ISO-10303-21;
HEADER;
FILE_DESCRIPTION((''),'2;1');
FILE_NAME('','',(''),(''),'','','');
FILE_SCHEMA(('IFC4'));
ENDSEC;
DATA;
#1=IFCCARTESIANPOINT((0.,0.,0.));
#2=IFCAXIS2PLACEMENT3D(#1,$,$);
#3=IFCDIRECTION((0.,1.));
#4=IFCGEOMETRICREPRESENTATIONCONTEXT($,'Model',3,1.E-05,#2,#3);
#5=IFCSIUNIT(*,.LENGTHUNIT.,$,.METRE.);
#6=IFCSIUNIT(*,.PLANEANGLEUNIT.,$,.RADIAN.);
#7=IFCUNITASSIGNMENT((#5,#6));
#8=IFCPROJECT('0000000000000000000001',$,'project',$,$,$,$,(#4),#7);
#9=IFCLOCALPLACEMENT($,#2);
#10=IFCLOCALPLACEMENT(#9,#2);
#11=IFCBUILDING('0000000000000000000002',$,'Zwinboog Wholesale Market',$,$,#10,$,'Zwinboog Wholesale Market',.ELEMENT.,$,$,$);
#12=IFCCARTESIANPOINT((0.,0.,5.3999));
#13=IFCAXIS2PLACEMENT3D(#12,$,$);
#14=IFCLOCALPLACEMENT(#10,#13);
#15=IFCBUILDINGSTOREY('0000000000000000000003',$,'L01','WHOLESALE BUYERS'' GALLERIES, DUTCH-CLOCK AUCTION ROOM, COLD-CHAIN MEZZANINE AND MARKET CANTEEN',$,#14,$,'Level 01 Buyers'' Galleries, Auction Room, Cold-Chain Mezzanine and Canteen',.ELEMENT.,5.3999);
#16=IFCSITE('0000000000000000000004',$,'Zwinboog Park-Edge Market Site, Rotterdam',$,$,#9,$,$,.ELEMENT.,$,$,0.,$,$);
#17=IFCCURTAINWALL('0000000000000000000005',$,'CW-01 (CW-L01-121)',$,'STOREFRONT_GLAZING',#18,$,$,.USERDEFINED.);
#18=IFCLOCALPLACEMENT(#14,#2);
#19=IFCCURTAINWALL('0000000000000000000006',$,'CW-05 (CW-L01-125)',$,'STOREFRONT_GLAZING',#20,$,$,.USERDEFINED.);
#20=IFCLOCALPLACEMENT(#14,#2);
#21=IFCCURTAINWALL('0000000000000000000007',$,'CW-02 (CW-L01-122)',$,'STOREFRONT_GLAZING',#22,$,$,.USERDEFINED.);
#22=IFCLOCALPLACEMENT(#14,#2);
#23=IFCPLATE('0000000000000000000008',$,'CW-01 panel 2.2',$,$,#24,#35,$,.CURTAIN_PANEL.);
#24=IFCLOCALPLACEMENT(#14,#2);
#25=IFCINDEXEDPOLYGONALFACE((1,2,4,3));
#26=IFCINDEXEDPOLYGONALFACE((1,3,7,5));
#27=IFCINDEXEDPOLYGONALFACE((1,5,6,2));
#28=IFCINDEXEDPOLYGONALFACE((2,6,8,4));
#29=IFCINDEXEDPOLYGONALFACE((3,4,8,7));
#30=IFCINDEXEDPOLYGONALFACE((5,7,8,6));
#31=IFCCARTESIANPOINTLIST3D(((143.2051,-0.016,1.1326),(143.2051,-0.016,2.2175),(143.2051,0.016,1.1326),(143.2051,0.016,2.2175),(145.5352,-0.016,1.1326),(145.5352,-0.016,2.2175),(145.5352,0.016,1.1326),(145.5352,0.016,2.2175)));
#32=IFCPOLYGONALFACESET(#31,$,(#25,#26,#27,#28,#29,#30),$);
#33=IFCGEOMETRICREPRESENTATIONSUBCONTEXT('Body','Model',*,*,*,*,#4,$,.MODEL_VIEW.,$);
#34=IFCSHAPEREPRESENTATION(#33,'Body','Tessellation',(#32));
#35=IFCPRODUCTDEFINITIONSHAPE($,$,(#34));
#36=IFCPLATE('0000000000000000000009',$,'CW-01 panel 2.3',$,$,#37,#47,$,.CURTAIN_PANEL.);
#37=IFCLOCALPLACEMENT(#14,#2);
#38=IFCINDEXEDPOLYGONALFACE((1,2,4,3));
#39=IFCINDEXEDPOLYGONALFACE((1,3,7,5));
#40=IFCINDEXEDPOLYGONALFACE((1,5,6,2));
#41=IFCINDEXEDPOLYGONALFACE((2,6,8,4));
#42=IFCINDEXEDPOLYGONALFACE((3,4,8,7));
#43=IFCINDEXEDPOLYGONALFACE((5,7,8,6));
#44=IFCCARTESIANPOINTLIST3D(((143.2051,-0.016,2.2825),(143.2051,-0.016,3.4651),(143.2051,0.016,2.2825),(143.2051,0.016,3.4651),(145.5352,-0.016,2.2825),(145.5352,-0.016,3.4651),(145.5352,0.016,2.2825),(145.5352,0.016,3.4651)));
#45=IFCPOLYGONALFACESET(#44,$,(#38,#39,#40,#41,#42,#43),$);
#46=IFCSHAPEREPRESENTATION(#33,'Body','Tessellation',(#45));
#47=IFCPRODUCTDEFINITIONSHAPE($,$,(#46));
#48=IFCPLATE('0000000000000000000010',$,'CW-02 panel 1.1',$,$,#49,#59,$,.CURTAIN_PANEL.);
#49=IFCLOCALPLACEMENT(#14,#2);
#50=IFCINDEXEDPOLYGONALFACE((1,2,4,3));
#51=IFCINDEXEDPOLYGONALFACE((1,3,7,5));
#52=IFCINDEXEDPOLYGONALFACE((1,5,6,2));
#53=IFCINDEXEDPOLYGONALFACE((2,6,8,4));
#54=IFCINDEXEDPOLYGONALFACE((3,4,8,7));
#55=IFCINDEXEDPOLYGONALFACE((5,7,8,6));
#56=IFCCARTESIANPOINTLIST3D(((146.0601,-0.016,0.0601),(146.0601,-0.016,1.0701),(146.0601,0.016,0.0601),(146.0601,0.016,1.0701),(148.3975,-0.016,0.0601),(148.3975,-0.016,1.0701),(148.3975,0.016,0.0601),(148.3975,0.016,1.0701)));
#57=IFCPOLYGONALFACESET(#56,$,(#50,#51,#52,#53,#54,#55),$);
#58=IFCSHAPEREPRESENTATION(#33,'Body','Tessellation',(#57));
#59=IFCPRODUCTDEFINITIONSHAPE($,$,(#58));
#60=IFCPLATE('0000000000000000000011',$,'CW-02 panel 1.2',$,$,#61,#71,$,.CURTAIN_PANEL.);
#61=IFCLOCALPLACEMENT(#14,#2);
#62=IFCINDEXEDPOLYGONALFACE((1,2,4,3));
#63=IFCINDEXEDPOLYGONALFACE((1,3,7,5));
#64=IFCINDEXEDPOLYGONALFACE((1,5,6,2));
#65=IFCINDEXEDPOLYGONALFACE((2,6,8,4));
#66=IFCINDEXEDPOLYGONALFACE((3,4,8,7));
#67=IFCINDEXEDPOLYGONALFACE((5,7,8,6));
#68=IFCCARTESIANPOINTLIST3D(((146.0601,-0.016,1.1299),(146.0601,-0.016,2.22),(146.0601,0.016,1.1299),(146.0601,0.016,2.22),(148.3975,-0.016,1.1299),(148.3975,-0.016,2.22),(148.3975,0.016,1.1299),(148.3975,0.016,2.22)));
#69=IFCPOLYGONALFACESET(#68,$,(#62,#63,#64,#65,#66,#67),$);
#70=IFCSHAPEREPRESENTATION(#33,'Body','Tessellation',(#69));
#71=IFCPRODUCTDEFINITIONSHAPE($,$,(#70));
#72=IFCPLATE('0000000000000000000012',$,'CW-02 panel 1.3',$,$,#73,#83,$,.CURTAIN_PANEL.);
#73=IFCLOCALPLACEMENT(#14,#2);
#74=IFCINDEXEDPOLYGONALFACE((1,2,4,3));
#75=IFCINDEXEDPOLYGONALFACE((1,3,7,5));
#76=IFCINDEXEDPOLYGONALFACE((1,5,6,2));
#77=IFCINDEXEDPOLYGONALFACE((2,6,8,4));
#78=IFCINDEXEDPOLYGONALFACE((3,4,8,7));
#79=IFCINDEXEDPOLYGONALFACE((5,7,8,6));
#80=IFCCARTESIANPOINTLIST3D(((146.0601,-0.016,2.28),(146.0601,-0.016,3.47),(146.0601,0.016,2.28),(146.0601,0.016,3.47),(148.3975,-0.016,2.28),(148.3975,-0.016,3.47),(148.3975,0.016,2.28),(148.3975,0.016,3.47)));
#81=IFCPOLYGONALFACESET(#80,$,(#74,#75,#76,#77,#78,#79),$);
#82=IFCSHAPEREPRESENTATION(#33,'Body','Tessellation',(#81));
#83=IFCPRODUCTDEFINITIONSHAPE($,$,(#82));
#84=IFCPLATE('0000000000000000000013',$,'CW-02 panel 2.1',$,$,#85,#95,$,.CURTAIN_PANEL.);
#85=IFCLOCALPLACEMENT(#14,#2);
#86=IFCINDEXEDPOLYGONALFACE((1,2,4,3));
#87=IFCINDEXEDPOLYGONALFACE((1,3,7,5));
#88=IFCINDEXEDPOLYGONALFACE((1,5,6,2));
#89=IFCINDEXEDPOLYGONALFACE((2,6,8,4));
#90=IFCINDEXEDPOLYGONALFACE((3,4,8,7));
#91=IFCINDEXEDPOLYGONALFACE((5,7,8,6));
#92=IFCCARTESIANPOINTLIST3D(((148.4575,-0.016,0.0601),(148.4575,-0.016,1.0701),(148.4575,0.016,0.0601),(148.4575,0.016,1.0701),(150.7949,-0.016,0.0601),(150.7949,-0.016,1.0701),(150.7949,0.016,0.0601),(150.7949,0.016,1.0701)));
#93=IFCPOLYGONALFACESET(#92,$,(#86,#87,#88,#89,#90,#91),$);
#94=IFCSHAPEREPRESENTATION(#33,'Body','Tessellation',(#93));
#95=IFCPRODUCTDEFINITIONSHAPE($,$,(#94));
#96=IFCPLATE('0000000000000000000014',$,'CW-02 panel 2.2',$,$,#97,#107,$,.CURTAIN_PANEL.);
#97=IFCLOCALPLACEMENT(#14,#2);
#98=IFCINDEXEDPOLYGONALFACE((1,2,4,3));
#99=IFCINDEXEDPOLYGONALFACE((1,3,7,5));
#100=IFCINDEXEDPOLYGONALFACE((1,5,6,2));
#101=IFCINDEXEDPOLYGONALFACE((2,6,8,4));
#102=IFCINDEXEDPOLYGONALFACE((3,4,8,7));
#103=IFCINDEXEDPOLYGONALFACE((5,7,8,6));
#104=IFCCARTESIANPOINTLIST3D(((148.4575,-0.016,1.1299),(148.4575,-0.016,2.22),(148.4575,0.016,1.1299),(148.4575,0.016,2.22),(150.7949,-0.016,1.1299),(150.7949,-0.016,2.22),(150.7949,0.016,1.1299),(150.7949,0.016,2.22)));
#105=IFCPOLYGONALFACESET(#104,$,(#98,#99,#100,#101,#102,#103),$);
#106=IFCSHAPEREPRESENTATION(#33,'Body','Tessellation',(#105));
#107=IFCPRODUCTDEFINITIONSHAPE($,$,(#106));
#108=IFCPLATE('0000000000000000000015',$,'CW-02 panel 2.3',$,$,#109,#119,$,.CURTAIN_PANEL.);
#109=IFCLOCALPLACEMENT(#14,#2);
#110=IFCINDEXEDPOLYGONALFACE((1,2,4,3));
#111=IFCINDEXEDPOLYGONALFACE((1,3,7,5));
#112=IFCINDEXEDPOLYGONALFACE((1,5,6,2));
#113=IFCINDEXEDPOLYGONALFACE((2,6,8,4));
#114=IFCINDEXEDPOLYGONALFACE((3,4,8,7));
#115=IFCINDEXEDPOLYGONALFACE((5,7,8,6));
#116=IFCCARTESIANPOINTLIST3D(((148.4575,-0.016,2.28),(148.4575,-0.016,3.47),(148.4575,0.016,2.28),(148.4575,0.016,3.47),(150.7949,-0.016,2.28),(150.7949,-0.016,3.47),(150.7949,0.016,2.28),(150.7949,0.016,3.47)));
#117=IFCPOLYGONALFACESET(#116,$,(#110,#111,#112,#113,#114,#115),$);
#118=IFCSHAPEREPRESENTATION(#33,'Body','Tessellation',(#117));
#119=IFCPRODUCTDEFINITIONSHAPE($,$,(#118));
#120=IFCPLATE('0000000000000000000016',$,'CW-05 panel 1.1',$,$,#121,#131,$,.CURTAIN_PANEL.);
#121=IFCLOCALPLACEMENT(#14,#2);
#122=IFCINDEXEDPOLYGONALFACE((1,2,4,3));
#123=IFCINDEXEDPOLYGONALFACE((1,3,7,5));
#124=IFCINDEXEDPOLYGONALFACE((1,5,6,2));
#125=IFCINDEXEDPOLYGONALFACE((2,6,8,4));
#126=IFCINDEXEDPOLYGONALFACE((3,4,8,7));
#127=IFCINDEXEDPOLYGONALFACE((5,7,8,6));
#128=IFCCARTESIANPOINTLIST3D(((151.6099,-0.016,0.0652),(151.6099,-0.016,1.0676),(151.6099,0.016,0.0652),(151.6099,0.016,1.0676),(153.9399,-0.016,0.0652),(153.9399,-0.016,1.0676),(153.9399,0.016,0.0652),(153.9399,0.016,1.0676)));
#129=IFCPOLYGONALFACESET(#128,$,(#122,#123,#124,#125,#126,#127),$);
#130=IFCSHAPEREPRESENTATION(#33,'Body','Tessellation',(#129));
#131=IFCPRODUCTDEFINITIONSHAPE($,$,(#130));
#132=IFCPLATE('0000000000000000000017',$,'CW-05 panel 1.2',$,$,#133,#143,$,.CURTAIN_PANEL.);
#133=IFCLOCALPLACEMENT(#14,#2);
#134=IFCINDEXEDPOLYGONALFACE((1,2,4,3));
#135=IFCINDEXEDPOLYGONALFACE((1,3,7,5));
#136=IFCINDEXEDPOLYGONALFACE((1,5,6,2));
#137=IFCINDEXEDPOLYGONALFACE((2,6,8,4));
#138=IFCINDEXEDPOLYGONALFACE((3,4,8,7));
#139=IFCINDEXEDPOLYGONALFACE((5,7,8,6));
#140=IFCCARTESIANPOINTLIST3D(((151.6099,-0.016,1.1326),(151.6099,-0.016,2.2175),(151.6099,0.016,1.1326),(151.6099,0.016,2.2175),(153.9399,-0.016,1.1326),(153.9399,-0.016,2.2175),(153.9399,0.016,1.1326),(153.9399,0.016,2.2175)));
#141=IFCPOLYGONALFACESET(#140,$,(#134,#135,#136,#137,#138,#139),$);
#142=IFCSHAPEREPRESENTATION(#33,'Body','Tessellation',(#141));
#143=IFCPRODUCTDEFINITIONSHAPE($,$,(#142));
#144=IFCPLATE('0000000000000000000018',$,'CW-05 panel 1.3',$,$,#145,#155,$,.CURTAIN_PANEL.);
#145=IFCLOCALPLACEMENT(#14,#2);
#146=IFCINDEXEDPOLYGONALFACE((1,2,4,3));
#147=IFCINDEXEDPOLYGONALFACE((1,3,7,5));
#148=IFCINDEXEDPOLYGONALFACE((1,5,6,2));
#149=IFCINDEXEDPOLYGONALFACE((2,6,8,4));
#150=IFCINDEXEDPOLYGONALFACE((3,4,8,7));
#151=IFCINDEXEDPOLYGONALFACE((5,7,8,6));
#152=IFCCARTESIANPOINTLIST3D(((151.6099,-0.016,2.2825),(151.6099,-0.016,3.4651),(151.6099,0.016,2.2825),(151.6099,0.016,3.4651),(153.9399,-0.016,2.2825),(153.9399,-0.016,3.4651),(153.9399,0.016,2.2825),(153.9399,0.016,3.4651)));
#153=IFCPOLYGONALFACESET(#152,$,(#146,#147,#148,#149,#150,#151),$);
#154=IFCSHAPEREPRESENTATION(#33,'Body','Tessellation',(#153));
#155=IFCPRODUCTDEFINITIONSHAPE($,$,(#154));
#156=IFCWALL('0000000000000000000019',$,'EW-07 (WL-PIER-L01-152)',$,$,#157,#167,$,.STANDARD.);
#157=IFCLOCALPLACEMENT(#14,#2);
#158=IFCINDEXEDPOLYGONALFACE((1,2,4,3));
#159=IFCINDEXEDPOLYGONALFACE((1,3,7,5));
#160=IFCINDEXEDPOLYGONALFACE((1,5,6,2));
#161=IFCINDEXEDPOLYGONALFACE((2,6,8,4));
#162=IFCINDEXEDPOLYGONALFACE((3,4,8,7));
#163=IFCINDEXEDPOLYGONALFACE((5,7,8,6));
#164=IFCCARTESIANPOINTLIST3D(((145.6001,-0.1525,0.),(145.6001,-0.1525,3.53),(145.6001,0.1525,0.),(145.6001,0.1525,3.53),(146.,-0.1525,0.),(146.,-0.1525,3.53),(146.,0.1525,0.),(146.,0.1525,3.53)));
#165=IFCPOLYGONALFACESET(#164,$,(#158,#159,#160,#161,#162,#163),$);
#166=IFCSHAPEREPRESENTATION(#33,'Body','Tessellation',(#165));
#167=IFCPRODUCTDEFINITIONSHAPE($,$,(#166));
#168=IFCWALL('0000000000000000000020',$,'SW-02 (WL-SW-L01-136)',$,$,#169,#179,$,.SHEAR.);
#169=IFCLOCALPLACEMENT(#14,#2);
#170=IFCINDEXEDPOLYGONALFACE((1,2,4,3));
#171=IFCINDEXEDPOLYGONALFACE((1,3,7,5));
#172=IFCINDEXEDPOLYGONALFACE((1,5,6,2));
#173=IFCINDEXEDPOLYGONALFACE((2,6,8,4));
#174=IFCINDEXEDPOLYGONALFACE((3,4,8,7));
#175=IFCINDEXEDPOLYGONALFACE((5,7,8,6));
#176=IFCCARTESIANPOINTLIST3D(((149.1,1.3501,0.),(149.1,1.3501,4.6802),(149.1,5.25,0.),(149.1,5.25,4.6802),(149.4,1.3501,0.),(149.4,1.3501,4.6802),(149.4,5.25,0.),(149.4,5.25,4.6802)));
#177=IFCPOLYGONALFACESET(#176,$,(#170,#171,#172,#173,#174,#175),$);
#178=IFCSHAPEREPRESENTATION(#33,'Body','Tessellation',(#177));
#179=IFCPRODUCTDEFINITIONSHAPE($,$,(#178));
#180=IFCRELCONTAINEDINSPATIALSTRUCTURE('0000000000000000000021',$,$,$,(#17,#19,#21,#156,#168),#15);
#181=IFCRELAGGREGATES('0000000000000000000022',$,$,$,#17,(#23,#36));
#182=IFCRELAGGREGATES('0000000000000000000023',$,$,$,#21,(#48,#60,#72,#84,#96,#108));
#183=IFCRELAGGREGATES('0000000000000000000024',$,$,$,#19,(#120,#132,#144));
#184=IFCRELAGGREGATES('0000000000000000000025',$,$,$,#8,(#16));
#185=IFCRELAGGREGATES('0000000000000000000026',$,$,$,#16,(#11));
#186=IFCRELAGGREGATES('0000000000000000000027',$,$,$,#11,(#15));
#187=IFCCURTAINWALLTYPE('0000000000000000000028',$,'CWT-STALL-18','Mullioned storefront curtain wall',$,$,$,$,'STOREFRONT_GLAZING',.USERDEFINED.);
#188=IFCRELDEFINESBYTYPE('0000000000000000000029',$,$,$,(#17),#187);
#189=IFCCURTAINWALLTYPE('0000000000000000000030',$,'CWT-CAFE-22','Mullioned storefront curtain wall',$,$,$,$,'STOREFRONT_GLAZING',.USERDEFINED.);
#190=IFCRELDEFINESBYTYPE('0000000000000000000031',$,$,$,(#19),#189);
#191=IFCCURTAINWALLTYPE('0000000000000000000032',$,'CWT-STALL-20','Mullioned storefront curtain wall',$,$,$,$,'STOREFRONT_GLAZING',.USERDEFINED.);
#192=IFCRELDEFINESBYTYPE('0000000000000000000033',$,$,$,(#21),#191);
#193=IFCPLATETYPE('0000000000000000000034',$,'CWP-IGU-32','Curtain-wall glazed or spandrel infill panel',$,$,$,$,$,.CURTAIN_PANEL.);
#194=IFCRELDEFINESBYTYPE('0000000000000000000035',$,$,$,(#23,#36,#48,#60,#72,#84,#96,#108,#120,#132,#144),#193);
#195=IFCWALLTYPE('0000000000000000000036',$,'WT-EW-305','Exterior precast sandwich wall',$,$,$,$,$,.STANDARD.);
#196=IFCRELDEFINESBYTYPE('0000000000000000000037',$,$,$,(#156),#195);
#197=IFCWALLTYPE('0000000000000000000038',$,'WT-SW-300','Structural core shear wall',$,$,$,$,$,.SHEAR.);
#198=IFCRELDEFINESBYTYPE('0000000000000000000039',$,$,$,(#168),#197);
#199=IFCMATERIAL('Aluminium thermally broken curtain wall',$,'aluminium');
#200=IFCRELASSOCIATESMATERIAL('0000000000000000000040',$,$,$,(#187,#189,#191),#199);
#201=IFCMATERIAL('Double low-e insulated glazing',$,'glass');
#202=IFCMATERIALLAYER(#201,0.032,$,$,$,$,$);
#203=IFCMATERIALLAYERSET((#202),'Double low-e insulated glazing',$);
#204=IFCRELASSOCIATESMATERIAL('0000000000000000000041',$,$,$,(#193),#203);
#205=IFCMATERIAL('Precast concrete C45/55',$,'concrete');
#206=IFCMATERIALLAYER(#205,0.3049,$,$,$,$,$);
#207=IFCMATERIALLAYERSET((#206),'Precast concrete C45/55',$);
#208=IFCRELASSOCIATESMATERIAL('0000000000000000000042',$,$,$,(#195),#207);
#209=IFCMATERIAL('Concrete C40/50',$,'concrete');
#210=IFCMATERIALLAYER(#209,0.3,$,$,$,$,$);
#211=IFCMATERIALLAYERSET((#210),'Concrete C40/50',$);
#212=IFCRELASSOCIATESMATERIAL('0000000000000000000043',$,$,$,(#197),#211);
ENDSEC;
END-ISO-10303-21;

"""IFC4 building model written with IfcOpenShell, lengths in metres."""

from ifc_helpers import new_model, si_unit, direction, frame, frame_2d, origin, origin_2d, place, context, subcontext, project, spatial, rectangle, extrude, material, layer, layer_set, type_object, element, aggregate, save


model = new_model("IFC4")

# Units and contexts
model_context = context("Model", 3, precision=1e-05, world=origin(), true_north=direction((0.0, 1.0)))
body_context = subcontext(model_context, "Body", "Model", "MODEL_VIEW")
ifc_project = project(units=[si_unit("LENGTHUNIT", "METRE"), si_unit("PLANEANGLEUNIT", "RADIAN")], contexts=[model_context])

# Site, building, storey
site_placement = place(None, origin())
site = spatial("IfcSite", under=ifc_project, at=site_placement, Name="Zwinboog Park-Edge Market Site, Rotterdam", CompositionType="ELEMENT", RefElevation=0.0)
building_placement = place(site_placement, origin())
building = spatial("IfcBuilding", under=site, at=building_placement, Name="Zwinboog Wholesale Market", LongName="Zwinboog Wholesale Market", CompositionType="ELEMENT")
storey_placement = place(building_placement, frame((0.0, 0.0, 5.3999)))
storey = spatial("IfcBuildingStorey", under=building, at=storey_placement, Name="L01", Description="WHOLESALE BUYERS' GALLERIES, DUTCH-CLOCK AUCTION ROOM, COLD-CHAIN MEZZANINE AND MARKET CANTEEN", LongName="Level 01 Buyers' Galleries, Auction Room, Cold-Chain Mezzanine and Canteen", CompositionType="ELEMENT", Elevation=5.3999)

# Shared definitions
ifc_material_1 = material(Name="Precast concrete C45/55", Category="concrete")

# Curtain wall
ifc_material_2 = material(Name="Aluminium thermally broken curtain wall", Category="aluminium")
curtain_wall_type_1 = type_object("IfcCurtainWallType", Name="CWT-STALL-18", Description="Mullioned storefront curtain wall", ElementType="STOREFRONT_GLAZING", PredefinedType="USERDEFINED", material=ifc_material_2)
curtain_wall_1_placement = place(storey_placement, origin())
curtain_wall_1 = element("IfcCurtainWall", 1, at=curtain_wall_1_placement, inside=storey, type_object=curtain_wall_type_1, Name="CW-01 (CW-L01-121)", ObjectType="STOREFRONT_GLAZING", PredefinedType="USERDEFINED")

# Curtain walls
curtain_wall_type_2 = type_object("IfcCurtainWallType", Name="CWT-CAFE-22", Description="Mullioned storefront curtain wall", ElementType="STOREFRONT_GLAZING", PredefinedType="USERDEFINED", material=ifc_material_2)
curtain_wall_2_placement = place(storey_placement, origin())
curtain_wall_2 = element("IfcCurtainWall", 2, at=curtain_wall_2_placement, inside=storey, type_object=curtain_wall_type_2, Name="CW-05 (CW-L01-125)", ObjectType="STOREFRONT_GLAZING", PredefinedType="USERDEFINED")
curtain_wall_type_3 = type_object("IfcCurtainWallType", Name="CWT-STALL-20", Description="Mullioned storefront curtain wall", ElementType="STOREFRONT_GLAZING", PredefinedType="USERDEFINED", material=ifc_material_2)
curtain_wall_3_placement = place(storey_placement, origin())
curtain_wall_3 = element("IfcCurtainWall", 3, at=curtain_wall_3_placement, inside=storey, type_object=curtain_wall_type_3, Name="CW-02 (CW-L01-122)", ObjectType="STOREFRONT_GLAZING", PredefinedType="USERDEFINED")

# Plates
ifc_material_3 = material(Name="Double low-e insulated glazing", Category="glass")
ifc_layer_1 = layer(ifc_material_3, 0.032)
ifc_layer_set_1 = layer_set([ifc_layer_1], Name="Double low-e insulated glazing")
plate_type = type_object("IfcPlateType", Name="CWP-IGU-32", Description="Curtain-wall glazed or spandrel infill panel", PredefinedType="CURTAIN_PANEL", material=ifc_layer_set_1)
plate_1_placement = place(storey_placement, frame((144.3701, 0.0, 1.1326), z_axis=(0.0, 0.0, 1.0), x_axis=(1.0, 0.0, 0.0)))
plate_1 = element("IfcPlate", 4, at=plate_1_placement, type_object=plate_type, Name="CW-01 panel 2.2", PredefinedType="CURTAIN_PANEL", context=body_context, shape_type="SweptSolid", body=[
    extrude(rectangle(XDim=2.3301, YDim=0.032, at=origin_2d()), origin(), (0.0, 0.0, 1.0), 1.085),
])
plate_2_placement = place(storey_placement, frame((144.3701, 0.0, 2.2825), z_axis=(0.0, 0.0, 1.0), x_axis=(1.0, 0.0, 0.0)))
plate_2 = element("IfcPlate", 5, at=plate_2_placement, type_object=plate_type, Name="CW-01 panel 2.3", PredefinedType="CURTAIN_PANEL", context=body_context, shape_type="SweptSolid", body=[
    extrude(rectangle(XDim=2.3301, YDim=0.032, at=origin_2d()), origin(), (0.0, 0.0, 1.0), 1.1826),
])
aggregate(curtain_wall_1, [plate_1, plate_2])
plate_3_placement = place(storey_placement, frame((147.2288, 0.0, 0.0601), z_axis=(0.0, 0.0, 1.0), x_axis=(1.0, 0.0, 0.0)))
plate_3 = element("IfcPlate", 6, at=plate_3_placement, type_object=plate_type, Name="CW-02 panel 1.1", PredefinedType="CURTAIN_PANEL", context=body_context, shape_type="SweptSolid", body=[
    extrude(rectangle(XDim=2.3374, YDim=0.032, at=origin_2d()), origin(), (0.0, 0.0, 1.0), 1.01),
])
plate_4_placement = place(storey_placement, frame((147.2288, 0.0, 1.1299), z_axis=(0.0, 0.0, 1.0), x_axis=(1.0, 0.0, 0.0)))
plate_4 = element("IfcPlate", 7, at=plate_4_placement, type_object=plate_type, Name="CW-02 panel 1.2", PredefinedType="CURTAIN_PANEL", context=body_context, shape_type="SweptSolid", body=[
    extrude(rectangle(XDim=2.3374, YDim=0.032, at=origin_2d()), origin(), (0.0, 0.0, 1.0), 1.0901),
])
plate_5_placement = place(storey_placement, frame((147.2288, 0.0, 2.28), z_axis=(0.0, 0.0, 1.0), x_axis=(1.0, 0.0, 0.0)))
plate_5 = element("IfcPlate", 8, at=plate_5_placement, type_object=plate_type, Name="CW-02 panel 1.3", PredefinedType="CURTAIN_PANEL", context=body_context, shape_type="SweptSolid", body=[
    extrude(rectangle(XDim=2.3374, YDim=0.032, at=origin_2d()), origin(), (0.0, 0.0, 1.0), 1.1899),
])
plate_6_placement = place(storey_placement, frame((149.6262, 0.0, 0.0601), z_axis=(0.0, 0.0, 1.0), x_axis=(1.0, 0.0, 0.0)))
plate_6 = element("IfcPlate", 9, at=plate_6_placement, type_object=plate_type, Name="CW-02 panel 2.1", PredefinedType="CURTAIN_PANEL", context=body_context, shape_type="SweptSolid", body=[
    extrude(rectangle(XDim=2.3374, YDim=0.032, at=origin_2d()), origin(), (0.0, 0.0, 1.0), 1.01),
])
plate_7_placement = place(storey_placement, frame((149.6262, 0.0, 1.1299), z_axis=(0.0, 0.0, 1.0), x_axis=(1.0, 0.0, 0.0)))
plate_7 = element("IfcPlate", 10, at=plate_7_placement, type_object=plate_type, Name="CW-02 panel 2.2", PredefinedType="CURTAIN_PANEL", context=body_context, shape_type="SweptSolid", body=[
    extrude(rectangle(XDim=2.3374, YDim=0.032, at=origin_2d()), origin(), (0.0, 0.0, 1.0), 1.0901),
])
plate_8_placement = place(storey_placement, frame((149.6262, 0.0, 2.28), z_axis=(0.0, 0.0, 1.0), x_axis=(1.0, 0.0, 0.0)))
plate_8 = element("IfcPlate", 11, at=plate_8_placement, type_object=plate_type, Name="CW-02 panel 2.3", PredefinedType="CURTAIN_PANEL", context=body_context, shape_type="SweptSolid", body=[
    extrude(rectangle(XDim=2.3374, YDim=0.032, at=origin_2d()), origin(), (0.0, 0.0, 1.0), 1.1899),
])
aggregate(curtain_wall_3, [plate_3, plate_4, plate_5, plate_6, plate_7, plate_8])
plate_9_placement = place(storey_placement, frame((152.7749, 0.0, 0.0652), z_axis=(0.0, 0.0, 1.0), x_axis=(1.0, 0.0, 0.0)))
plate_9 = element("IfcPlate", 12, at=plate_9_placement, type_object=plate_type, Name="CW-05 panel 1.1", PredefinedType="CURTAIN_PANEL", context=body_context, shape_type="SweptSolid", body=[
    extrude(rectangle(XDim=2.3301, YDim=0.032, at=origin_2d()), origin(), (0.0, 0.0, 1.0), 1.0024),
])
plate_10_placement = place(storey_placement, frame((152.7749, 0.0, 1.1326), z_axis=(0.0, 0.0, 1.0), x_axis=(1.0, 0.0, 0.0)))
plate_10 = element("IfcPlate", 13, at=plate_10_placement, type_object=plate_type, Name="CW-05 panel 1.2", PredefinedType="CURTAIN_PANEL", context=body_context, shape_type="SweptSolid", body=[
    extrude(rectangle(XDim=2.3301, YDim=0.032, at=origin_2d()), origin(), (0.0, 0.0, 1.0), 1.085),
])
plate_11_placement = place(storey_placement, frame((152.7749, 0.0, 2.2825), z_axis=(0.0, 0.0, 1.0), x_axis=(1.0, 0.0, 0.0)))
plate_11 = element("IfcPlate", 14, at=plate_11_placement, type_object=plate_type, Name="CW-05 panel 1.3", PredefinedType="CURTAIN_PANEL", context=body_context, shape_type="SweptSolid", body=[
    extrude(rectangle(XDim=2.3301, YDim=0.032, at=origin_2d()), origin(), (0.0, 0.0, 1.0), 1.1826),
])
aggregate(curtain_wall_2, [plate_9, plate_10, plate_11])

# Walls
ifc_layer_2 = layer(ifc_material_1, 0.3049)
ifc_layer_set_2 = layer_set([ifc_layer_2], Name="Precast concrete C45/55")
wall_type_1 = type_object("IfcWallType", Name="WT-EW-305", Description="Exterior precast sandwich wall", PredefinedType="STANDARD", material=ifc_layer_set_2)
wall_1_placement = place(storey_placement, frame((145.6001, 0.0, 0.0), z_axis=(0.0, 0.0, 1.0), x_axis=(1.0, 0.0, 0.0)))
element("IfcWall", 15, at=wall_1_placement, inside=storey, type_object=wall_type_1, Name="EW-07 (WL-PIER-L01-152)", PredefinedType="STANDARD", context=body_context, shape_type="SweptSolid", body=[
    extrude(rectangle(XDim=0.3999, YDim=0.3049, at=frame_2d((0.2, 0.0))), origin(), (0.0, 0.0, 1.0), 3.53),
])
ifc_material_4 = material(Name="Concrete C40/50", Category="concrete")
ifc_layer_3 = layer(ifc_material_4, 0.3)
ifc_layer_set_3 = layer_set([ifc_layer_3], Name="Concrete C40/50")
wall_type_2 = type_object("IfcWallType", Name="WT-SW-300", Description="Structural core shear wall", PredefinedType="SHEAR", material=ifc_layer_set_3)
wall_2_placement = place(storey_placement, frame((149.25, 1.3501, 0.0), z_axis=(0.0, 0.0, 1.0), x_axis=(0.0, 1.0, 0.0)))
element("IfcWall", 16, at=wall_2_placement, inside=storey, type_object=wall_type_2, Name="SW-02 (WL-SW-L01-136)", PredefinedType="SHEAR", context=body_context, shape_type="SweptSolid", body=[
    extrude(rectangle(XDim=3.8999, YDim=0.3, at=frame_2d((1.95, 0.0))), origin(), (0.0, 0.0, 1.0), 4.6802),
])

save(model, "model.ifc")
